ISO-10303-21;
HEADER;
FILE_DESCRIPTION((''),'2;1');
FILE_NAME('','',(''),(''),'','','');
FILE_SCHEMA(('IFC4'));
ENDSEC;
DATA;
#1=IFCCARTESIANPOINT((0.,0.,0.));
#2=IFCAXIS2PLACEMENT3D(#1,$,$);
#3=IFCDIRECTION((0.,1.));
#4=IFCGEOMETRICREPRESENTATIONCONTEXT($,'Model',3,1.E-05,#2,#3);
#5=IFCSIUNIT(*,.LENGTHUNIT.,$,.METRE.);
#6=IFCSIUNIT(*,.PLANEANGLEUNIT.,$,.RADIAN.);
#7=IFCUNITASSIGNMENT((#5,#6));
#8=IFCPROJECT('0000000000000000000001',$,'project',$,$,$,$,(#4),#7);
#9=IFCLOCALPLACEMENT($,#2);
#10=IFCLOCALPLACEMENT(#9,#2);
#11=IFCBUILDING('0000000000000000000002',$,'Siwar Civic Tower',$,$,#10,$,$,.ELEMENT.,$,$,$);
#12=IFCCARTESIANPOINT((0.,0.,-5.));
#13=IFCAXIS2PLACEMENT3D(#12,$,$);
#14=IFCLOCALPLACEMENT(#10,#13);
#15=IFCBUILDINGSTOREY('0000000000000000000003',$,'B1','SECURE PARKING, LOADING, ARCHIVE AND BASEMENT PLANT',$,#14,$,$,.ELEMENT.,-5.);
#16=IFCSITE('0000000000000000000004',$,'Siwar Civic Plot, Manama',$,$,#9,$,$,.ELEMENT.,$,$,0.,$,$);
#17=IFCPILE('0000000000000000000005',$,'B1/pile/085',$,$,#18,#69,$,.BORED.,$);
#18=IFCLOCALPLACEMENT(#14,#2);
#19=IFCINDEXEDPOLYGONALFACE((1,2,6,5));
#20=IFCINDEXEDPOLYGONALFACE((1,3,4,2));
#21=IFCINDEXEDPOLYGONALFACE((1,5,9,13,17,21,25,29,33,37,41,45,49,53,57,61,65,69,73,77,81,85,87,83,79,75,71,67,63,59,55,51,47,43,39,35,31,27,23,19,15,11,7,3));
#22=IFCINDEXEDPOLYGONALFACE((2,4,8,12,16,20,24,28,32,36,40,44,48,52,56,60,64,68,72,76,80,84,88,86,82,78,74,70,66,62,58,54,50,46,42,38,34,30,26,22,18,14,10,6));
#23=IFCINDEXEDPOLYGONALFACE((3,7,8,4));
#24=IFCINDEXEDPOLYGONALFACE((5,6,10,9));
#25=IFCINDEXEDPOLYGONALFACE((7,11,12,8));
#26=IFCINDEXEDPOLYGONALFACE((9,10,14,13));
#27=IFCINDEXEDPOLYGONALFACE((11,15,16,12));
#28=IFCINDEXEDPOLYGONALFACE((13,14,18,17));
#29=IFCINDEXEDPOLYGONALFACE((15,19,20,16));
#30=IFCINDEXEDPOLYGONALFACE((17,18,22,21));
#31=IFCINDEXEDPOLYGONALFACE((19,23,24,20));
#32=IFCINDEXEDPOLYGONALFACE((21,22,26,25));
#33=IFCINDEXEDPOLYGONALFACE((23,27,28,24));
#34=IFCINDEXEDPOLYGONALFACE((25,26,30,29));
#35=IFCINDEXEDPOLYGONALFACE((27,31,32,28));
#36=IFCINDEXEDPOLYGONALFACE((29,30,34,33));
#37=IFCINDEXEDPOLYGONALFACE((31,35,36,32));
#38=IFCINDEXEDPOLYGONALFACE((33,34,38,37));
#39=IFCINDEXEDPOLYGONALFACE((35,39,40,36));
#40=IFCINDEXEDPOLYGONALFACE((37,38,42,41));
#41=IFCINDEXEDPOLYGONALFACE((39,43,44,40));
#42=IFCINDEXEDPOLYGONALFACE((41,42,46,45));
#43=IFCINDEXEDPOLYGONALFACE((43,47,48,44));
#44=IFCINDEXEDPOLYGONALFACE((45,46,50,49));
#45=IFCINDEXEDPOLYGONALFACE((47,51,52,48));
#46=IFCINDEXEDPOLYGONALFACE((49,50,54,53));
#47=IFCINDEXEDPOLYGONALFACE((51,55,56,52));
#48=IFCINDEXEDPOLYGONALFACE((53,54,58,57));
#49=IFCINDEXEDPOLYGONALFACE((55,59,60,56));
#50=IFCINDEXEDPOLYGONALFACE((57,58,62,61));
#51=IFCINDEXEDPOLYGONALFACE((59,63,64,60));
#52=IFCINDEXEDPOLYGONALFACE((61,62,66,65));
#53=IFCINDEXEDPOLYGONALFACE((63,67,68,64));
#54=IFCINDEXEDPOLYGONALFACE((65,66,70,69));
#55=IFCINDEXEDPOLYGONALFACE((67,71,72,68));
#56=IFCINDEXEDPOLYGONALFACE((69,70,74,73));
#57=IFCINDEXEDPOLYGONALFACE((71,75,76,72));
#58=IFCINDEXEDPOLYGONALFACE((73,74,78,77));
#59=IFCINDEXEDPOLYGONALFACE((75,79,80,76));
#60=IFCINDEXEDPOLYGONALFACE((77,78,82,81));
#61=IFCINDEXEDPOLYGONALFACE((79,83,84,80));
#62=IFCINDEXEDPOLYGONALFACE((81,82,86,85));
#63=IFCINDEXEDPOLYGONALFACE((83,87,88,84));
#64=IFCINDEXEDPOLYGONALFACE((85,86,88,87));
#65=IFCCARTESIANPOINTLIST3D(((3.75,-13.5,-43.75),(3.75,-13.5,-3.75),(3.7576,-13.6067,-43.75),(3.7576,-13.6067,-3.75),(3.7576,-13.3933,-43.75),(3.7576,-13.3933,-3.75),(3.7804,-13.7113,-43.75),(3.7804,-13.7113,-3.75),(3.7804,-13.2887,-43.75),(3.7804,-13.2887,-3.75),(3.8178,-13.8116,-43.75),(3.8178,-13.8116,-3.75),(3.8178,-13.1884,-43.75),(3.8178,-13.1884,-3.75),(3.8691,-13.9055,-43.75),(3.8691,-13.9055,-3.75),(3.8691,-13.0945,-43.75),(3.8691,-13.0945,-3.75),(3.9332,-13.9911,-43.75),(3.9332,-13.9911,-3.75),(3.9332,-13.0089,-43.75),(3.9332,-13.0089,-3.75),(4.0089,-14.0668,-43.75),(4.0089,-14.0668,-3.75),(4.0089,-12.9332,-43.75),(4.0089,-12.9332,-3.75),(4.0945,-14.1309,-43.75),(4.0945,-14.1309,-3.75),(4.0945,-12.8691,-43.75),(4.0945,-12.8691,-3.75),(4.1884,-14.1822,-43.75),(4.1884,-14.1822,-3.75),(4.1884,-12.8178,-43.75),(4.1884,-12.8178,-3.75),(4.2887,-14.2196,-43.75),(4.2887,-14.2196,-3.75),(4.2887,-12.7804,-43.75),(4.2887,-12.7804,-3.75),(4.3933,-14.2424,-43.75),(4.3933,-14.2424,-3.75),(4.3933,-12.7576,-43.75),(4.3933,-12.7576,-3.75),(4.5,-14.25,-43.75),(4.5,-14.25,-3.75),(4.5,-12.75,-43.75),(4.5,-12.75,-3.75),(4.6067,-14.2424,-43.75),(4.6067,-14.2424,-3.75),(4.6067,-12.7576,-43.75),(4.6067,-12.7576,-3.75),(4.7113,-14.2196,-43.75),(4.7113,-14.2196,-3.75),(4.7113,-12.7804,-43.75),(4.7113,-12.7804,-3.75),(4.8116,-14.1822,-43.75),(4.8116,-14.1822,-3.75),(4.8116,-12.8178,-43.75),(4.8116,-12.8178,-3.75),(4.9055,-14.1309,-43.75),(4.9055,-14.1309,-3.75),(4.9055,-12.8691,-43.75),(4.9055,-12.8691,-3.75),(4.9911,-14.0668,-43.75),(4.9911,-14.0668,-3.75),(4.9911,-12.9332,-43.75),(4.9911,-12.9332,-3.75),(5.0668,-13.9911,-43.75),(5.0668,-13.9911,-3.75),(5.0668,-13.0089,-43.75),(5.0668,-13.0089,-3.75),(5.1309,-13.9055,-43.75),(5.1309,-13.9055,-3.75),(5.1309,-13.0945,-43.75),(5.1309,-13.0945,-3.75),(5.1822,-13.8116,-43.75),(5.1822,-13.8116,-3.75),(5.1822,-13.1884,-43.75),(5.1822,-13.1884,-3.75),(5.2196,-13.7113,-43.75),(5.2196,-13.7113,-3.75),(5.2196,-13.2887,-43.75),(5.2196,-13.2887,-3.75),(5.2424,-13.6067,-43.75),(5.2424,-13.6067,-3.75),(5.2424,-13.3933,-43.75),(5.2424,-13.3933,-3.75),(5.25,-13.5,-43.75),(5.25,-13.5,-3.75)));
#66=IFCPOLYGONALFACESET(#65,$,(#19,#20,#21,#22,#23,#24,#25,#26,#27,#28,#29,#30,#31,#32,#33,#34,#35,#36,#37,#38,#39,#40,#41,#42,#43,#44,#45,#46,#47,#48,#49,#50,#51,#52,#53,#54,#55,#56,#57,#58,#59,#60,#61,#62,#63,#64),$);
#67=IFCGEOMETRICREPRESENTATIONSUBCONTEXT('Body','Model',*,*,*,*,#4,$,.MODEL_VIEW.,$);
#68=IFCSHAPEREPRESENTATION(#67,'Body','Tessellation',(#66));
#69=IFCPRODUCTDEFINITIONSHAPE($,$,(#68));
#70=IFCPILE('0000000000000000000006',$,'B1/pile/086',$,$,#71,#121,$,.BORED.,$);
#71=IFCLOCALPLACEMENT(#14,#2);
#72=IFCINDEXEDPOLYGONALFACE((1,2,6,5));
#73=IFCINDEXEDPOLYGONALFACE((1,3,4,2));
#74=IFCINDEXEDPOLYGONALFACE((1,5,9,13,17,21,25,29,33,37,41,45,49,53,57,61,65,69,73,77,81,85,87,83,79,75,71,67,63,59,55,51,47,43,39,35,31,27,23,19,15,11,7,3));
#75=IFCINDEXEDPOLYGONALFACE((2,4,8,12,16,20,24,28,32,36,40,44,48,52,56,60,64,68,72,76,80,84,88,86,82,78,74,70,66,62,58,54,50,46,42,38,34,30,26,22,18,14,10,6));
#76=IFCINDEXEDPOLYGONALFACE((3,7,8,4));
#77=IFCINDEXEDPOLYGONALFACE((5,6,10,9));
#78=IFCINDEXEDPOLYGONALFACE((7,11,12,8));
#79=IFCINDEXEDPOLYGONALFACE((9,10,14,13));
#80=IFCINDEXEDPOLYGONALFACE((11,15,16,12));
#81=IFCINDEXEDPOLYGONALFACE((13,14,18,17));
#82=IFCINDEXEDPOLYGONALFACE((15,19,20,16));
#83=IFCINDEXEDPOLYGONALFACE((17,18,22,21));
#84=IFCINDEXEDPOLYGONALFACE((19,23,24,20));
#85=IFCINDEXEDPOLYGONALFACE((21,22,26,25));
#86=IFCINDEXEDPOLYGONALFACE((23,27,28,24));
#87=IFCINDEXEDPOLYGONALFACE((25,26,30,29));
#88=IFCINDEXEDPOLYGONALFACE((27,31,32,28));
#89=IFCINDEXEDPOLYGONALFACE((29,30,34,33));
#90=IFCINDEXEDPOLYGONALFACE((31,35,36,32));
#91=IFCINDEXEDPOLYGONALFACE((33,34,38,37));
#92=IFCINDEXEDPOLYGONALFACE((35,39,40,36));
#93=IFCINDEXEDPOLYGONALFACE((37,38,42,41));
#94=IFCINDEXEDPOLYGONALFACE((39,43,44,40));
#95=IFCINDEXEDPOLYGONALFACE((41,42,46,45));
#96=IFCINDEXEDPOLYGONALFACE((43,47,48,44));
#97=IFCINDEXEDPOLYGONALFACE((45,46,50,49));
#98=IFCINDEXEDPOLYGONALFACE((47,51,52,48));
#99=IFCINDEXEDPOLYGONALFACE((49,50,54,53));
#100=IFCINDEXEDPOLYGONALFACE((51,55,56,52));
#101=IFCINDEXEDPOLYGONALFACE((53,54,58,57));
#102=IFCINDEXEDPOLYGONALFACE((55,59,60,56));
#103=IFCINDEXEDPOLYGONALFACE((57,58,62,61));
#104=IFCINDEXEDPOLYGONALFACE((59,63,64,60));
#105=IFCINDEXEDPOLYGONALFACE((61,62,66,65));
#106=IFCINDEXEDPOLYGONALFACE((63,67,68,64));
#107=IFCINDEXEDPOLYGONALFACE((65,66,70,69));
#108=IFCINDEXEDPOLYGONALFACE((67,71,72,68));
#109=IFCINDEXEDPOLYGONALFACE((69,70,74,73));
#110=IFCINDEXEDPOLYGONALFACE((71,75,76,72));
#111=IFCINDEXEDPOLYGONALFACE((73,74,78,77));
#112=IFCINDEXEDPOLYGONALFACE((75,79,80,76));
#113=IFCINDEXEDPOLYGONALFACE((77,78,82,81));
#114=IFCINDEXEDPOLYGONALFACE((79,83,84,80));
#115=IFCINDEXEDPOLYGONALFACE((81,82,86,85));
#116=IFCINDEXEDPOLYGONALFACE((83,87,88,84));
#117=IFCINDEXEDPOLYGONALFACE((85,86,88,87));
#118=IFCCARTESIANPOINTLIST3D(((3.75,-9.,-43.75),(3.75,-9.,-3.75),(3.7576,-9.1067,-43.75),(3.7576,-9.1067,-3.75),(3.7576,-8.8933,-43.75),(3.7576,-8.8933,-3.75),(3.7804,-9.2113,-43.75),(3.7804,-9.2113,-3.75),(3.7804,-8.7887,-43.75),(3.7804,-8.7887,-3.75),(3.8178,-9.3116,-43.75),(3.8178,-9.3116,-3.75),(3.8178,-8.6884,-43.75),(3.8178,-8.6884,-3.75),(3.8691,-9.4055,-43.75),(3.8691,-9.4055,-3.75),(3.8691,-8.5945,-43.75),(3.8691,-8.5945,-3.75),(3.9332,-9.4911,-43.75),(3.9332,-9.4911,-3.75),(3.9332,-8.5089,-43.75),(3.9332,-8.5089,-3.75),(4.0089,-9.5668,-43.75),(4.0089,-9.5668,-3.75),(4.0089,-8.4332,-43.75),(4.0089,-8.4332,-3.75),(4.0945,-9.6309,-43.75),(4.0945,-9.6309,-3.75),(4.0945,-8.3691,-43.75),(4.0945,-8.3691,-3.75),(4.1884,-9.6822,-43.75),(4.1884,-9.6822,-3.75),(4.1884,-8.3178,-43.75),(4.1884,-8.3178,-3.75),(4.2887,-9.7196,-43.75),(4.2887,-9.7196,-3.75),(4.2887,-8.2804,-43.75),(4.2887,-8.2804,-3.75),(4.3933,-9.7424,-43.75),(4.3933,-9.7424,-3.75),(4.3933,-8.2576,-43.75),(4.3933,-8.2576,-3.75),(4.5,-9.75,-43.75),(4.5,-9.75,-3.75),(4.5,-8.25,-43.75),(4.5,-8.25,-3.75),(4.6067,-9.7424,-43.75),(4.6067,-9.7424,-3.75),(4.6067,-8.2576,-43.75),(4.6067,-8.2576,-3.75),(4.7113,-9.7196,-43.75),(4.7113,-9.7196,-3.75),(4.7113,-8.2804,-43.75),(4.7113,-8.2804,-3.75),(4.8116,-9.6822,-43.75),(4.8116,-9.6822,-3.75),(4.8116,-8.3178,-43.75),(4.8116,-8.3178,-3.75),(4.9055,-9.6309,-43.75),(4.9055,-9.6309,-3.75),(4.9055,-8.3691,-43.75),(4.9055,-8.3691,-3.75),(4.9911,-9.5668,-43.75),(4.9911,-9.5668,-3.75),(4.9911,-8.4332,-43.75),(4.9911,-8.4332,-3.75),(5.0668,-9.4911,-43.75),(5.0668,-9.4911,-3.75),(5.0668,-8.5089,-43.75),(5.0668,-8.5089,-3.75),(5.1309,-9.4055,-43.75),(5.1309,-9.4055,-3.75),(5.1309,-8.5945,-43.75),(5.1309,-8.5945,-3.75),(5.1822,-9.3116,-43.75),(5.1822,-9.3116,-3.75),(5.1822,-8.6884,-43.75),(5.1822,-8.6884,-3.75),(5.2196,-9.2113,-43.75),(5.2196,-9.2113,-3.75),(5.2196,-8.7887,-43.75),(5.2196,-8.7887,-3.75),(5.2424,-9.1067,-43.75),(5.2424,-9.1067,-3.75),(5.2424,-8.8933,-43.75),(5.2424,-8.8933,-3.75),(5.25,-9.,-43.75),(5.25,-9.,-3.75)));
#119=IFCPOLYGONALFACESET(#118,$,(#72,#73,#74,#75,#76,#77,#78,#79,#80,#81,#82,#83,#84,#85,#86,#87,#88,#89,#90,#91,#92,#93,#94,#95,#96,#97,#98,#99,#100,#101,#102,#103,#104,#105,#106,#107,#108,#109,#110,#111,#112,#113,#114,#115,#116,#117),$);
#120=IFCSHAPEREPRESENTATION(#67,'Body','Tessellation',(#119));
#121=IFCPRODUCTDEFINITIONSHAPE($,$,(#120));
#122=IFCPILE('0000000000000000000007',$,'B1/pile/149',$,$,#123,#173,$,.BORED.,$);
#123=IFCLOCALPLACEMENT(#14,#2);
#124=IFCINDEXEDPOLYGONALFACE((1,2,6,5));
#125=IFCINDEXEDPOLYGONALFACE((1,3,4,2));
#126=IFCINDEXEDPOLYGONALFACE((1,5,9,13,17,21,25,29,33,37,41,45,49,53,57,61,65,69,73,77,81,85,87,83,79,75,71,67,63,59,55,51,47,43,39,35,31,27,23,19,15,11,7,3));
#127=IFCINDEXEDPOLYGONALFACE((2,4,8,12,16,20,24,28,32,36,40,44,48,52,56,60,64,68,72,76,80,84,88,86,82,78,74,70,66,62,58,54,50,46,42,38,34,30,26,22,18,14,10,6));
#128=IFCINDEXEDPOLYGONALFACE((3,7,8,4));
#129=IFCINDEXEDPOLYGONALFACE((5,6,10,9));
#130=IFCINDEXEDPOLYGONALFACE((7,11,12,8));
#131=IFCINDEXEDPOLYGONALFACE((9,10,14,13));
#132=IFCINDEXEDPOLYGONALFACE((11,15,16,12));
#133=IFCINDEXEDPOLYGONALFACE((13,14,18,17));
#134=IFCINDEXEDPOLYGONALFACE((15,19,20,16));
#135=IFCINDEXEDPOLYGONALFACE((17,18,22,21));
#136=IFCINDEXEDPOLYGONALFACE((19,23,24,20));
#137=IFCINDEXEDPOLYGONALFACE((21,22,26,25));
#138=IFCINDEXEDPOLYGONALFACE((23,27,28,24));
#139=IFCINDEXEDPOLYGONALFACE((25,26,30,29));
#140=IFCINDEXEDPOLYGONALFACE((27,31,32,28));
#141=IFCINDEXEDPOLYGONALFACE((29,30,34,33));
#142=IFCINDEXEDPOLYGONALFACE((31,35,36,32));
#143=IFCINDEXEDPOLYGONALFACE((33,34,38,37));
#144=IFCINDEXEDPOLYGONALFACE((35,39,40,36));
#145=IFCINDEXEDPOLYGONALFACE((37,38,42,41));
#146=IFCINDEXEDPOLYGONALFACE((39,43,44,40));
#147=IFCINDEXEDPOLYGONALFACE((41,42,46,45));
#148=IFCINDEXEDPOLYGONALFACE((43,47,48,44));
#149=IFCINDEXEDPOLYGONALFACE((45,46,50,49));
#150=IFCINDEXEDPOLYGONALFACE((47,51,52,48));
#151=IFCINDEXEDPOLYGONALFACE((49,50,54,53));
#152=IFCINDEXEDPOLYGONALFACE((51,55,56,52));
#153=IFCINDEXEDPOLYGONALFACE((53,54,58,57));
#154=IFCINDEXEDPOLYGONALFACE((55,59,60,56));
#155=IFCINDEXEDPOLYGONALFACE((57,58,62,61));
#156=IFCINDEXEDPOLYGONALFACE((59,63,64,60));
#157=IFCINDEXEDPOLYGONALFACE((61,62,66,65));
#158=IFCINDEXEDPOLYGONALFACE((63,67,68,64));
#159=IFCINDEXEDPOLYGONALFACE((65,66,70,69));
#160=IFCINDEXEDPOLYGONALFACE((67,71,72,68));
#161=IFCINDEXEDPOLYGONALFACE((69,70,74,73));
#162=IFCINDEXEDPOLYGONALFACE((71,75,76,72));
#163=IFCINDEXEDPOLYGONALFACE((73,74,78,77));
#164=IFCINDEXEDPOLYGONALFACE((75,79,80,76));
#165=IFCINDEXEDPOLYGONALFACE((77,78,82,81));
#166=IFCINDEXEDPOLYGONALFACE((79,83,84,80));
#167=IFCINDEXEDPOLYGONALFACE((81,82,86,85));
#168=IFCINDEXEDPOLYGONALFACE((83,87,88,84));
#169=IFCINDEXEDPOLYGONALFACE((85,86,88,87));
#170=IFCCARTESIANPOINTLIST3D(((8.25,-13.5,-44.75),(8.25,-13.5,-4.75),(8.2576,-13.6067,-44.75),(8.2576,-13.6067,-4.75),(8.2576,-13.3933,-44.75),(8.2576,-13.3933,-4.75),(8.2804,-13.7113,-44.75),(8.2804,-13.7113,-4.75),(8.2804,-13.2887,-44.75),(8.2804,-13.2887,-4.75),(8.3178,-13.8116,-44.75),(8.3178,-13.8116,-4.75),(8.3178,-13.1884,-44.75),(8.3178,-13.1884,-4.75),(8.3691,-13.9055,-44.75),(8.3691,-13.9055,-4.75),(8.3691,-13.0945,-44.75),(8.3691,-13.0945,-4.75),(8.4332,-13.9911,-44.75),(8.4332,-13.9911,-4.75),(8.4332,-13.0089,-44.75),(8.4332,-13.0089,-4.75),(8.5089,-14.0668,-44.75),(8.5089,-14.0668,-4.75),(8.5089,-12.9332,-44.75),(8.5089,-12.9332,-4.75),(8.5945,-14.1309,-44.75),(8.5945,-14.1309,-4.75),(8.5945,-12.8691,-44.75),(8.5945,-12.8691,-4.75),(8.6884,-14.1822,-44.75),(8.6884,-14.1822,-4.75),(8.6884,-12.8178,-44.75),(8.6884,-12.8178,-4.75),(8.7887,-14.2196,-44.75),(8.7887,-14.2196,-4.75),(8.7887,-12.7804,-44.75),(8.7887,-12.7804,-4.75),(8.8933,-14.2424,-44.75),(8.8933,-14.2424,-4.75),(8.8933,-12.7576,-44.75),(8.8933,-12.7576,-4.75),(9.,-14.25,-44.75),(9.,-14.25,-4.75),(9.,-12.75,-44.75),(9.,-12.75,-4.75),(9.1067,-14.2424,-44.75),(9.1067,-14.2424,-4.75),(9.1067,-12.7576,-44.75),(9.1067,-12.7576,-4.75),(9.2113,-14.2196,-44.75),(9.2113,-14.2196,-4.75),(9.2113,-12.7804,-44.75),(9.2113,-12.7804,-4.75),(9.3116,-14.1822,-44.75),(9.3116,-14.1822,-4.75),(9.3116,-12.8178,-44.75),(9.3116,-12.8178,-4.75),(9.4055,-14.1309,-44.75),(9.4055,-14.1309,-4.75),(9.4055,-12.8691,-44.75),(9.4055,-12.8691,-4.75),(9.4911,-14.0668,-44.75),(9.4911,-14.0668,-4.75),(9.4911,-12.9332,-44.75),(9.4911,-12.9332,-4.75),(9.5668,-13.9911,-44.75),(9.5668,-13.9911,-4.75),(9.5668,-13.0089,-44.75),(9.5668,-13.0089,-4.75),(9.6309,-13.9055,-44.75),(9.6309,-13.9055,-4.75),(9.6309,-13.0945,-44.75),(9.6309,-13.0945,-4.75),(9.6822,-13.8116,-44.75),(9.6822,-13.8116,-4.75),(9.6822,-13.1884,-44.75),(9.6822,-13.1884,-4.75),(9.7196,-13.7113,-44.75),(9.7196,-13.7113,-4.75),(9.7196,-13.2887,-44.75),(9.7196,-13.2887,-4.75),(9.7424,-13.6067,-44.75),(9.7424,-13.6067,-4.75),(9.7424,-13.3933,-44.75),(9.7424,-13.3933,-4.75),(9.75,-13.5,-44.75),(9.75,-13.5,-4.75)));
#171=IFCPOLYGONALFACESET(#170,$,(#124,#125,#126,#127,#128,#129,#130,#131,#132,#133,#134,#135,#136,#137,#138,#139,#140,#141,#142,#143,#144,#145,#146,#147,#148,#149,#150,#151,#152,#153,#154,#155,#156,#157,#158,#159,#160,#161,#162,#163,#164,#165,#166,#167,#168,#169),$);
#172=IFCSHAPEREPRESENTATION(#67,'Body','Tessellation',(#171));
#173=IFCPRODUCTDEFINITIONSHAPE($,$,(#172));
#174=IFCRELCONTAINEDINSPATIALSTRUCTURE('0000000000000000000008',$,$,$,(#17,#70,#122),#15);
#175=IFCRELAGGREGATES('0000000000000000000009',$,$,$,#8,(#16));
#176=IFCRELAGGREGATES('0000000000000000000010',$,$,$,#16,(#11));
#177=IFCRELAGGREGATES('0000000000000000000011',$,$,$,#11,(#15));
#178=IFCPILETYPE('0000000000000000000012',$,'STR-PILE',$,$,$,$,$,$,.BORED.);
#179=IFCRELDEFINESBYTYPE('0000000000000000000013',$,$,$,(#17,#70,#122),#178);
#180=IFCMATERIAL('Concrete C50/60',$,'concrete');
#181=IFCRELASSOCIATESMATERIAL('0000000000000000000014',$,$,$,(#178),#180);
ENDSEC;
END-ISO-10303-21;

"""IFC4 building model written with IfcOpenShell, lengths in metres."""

from ifc_helpers import new_model, si_unit, direction, frame, origin, origin_2d, place, context, subcontext, project, spatial, circle, extrude, material, material_profile, profile_set, type_object, element, save


model = new_model("IFC4")

# Units and contexts
model_context = context("Model", 3, precision=1e-05, world=origin(), true_north=direction((0.0, 1.0)))
body_context = subcontext(model_context, "Body", "Model", "MODEL_VIEW")
ifc_project = project(units=[si_unit("LENGTHUNIT", "METRE"), si_unit("PLANEANGLEUNIT", "RADIAN")], contexts=[model_context])

# Site, building, storey
site_placement = place(None, origin())
site = spatial("IfcSite", under=ifc_project, at=site_placement, Name="Siwar Civic Plot, Manama", CompositionType="ELEMENT", RefElevation=0.0)
building_placement = place(site_placement, origin())
building = spatial("IfcBuilding", under=site, at=building_placement, Name="Siwar Civic Tower", CompositionType="ELEMENT")
storey_placement = place(building_placement, frame((0.0, 0.0, -5.0)))
storey = spatial("IfcBuildingStorey", under=building, at=storey_placement, Name="B1", Description="SECURE PARKING, LOADING, ARCHIVE AND BASEMENT PLANT", CompositionType="ELEMENT", Elevation=-5.0)

# Piles
ifc_material_1 = material(Name="Concrete C50/60", Category="concrete")
ifc_material_profile_1 = material_profile(ifc_material_1, circle(Radius=0.75, at=origin_2d()), Name="PILE1500")
ifc_profile_set_1 = profile_set([ifc_material_profile_1], Name="Concrete C50/60")
pile_type = type_object("IfcPileType", Name="STR-PILE", PredefinedType="BORED", material=ifc_profile_set_1)
for number, where, z_axis, x_axis, name in (
    (1, (4.5, -13.5, -3.75), (0.0, 0.0, -1.0), (1.0, 0.0, 0.0), "B1/pile/085"),
    (2, (4.5, -9.0, -3.75), (0.0, 0.0, -1.0), (1.0, 0.0, 0.0), "B1/pile/086"),
    (3, (9.0, -13.5, -4.75), (0.0, 0.0, -1.0), (1.0, 0.0, 0.0), "B1/pile/149"),
):
    element("IfcPile", number, at=place(storey_placement, frame(where, z_axis=z_axis, x_axis=x_axis)), inside=storey, type_object=pile_type, Name=name, PredefinedType="BORED", context=body_context, shape_type="SweptSolid", body=[
        extrude(circle(Radius=0.75, at=origin_2d()), origin(), (0.0, 0.0, 1.0), 40.0),
    ])

save(model, "model.ifc")
